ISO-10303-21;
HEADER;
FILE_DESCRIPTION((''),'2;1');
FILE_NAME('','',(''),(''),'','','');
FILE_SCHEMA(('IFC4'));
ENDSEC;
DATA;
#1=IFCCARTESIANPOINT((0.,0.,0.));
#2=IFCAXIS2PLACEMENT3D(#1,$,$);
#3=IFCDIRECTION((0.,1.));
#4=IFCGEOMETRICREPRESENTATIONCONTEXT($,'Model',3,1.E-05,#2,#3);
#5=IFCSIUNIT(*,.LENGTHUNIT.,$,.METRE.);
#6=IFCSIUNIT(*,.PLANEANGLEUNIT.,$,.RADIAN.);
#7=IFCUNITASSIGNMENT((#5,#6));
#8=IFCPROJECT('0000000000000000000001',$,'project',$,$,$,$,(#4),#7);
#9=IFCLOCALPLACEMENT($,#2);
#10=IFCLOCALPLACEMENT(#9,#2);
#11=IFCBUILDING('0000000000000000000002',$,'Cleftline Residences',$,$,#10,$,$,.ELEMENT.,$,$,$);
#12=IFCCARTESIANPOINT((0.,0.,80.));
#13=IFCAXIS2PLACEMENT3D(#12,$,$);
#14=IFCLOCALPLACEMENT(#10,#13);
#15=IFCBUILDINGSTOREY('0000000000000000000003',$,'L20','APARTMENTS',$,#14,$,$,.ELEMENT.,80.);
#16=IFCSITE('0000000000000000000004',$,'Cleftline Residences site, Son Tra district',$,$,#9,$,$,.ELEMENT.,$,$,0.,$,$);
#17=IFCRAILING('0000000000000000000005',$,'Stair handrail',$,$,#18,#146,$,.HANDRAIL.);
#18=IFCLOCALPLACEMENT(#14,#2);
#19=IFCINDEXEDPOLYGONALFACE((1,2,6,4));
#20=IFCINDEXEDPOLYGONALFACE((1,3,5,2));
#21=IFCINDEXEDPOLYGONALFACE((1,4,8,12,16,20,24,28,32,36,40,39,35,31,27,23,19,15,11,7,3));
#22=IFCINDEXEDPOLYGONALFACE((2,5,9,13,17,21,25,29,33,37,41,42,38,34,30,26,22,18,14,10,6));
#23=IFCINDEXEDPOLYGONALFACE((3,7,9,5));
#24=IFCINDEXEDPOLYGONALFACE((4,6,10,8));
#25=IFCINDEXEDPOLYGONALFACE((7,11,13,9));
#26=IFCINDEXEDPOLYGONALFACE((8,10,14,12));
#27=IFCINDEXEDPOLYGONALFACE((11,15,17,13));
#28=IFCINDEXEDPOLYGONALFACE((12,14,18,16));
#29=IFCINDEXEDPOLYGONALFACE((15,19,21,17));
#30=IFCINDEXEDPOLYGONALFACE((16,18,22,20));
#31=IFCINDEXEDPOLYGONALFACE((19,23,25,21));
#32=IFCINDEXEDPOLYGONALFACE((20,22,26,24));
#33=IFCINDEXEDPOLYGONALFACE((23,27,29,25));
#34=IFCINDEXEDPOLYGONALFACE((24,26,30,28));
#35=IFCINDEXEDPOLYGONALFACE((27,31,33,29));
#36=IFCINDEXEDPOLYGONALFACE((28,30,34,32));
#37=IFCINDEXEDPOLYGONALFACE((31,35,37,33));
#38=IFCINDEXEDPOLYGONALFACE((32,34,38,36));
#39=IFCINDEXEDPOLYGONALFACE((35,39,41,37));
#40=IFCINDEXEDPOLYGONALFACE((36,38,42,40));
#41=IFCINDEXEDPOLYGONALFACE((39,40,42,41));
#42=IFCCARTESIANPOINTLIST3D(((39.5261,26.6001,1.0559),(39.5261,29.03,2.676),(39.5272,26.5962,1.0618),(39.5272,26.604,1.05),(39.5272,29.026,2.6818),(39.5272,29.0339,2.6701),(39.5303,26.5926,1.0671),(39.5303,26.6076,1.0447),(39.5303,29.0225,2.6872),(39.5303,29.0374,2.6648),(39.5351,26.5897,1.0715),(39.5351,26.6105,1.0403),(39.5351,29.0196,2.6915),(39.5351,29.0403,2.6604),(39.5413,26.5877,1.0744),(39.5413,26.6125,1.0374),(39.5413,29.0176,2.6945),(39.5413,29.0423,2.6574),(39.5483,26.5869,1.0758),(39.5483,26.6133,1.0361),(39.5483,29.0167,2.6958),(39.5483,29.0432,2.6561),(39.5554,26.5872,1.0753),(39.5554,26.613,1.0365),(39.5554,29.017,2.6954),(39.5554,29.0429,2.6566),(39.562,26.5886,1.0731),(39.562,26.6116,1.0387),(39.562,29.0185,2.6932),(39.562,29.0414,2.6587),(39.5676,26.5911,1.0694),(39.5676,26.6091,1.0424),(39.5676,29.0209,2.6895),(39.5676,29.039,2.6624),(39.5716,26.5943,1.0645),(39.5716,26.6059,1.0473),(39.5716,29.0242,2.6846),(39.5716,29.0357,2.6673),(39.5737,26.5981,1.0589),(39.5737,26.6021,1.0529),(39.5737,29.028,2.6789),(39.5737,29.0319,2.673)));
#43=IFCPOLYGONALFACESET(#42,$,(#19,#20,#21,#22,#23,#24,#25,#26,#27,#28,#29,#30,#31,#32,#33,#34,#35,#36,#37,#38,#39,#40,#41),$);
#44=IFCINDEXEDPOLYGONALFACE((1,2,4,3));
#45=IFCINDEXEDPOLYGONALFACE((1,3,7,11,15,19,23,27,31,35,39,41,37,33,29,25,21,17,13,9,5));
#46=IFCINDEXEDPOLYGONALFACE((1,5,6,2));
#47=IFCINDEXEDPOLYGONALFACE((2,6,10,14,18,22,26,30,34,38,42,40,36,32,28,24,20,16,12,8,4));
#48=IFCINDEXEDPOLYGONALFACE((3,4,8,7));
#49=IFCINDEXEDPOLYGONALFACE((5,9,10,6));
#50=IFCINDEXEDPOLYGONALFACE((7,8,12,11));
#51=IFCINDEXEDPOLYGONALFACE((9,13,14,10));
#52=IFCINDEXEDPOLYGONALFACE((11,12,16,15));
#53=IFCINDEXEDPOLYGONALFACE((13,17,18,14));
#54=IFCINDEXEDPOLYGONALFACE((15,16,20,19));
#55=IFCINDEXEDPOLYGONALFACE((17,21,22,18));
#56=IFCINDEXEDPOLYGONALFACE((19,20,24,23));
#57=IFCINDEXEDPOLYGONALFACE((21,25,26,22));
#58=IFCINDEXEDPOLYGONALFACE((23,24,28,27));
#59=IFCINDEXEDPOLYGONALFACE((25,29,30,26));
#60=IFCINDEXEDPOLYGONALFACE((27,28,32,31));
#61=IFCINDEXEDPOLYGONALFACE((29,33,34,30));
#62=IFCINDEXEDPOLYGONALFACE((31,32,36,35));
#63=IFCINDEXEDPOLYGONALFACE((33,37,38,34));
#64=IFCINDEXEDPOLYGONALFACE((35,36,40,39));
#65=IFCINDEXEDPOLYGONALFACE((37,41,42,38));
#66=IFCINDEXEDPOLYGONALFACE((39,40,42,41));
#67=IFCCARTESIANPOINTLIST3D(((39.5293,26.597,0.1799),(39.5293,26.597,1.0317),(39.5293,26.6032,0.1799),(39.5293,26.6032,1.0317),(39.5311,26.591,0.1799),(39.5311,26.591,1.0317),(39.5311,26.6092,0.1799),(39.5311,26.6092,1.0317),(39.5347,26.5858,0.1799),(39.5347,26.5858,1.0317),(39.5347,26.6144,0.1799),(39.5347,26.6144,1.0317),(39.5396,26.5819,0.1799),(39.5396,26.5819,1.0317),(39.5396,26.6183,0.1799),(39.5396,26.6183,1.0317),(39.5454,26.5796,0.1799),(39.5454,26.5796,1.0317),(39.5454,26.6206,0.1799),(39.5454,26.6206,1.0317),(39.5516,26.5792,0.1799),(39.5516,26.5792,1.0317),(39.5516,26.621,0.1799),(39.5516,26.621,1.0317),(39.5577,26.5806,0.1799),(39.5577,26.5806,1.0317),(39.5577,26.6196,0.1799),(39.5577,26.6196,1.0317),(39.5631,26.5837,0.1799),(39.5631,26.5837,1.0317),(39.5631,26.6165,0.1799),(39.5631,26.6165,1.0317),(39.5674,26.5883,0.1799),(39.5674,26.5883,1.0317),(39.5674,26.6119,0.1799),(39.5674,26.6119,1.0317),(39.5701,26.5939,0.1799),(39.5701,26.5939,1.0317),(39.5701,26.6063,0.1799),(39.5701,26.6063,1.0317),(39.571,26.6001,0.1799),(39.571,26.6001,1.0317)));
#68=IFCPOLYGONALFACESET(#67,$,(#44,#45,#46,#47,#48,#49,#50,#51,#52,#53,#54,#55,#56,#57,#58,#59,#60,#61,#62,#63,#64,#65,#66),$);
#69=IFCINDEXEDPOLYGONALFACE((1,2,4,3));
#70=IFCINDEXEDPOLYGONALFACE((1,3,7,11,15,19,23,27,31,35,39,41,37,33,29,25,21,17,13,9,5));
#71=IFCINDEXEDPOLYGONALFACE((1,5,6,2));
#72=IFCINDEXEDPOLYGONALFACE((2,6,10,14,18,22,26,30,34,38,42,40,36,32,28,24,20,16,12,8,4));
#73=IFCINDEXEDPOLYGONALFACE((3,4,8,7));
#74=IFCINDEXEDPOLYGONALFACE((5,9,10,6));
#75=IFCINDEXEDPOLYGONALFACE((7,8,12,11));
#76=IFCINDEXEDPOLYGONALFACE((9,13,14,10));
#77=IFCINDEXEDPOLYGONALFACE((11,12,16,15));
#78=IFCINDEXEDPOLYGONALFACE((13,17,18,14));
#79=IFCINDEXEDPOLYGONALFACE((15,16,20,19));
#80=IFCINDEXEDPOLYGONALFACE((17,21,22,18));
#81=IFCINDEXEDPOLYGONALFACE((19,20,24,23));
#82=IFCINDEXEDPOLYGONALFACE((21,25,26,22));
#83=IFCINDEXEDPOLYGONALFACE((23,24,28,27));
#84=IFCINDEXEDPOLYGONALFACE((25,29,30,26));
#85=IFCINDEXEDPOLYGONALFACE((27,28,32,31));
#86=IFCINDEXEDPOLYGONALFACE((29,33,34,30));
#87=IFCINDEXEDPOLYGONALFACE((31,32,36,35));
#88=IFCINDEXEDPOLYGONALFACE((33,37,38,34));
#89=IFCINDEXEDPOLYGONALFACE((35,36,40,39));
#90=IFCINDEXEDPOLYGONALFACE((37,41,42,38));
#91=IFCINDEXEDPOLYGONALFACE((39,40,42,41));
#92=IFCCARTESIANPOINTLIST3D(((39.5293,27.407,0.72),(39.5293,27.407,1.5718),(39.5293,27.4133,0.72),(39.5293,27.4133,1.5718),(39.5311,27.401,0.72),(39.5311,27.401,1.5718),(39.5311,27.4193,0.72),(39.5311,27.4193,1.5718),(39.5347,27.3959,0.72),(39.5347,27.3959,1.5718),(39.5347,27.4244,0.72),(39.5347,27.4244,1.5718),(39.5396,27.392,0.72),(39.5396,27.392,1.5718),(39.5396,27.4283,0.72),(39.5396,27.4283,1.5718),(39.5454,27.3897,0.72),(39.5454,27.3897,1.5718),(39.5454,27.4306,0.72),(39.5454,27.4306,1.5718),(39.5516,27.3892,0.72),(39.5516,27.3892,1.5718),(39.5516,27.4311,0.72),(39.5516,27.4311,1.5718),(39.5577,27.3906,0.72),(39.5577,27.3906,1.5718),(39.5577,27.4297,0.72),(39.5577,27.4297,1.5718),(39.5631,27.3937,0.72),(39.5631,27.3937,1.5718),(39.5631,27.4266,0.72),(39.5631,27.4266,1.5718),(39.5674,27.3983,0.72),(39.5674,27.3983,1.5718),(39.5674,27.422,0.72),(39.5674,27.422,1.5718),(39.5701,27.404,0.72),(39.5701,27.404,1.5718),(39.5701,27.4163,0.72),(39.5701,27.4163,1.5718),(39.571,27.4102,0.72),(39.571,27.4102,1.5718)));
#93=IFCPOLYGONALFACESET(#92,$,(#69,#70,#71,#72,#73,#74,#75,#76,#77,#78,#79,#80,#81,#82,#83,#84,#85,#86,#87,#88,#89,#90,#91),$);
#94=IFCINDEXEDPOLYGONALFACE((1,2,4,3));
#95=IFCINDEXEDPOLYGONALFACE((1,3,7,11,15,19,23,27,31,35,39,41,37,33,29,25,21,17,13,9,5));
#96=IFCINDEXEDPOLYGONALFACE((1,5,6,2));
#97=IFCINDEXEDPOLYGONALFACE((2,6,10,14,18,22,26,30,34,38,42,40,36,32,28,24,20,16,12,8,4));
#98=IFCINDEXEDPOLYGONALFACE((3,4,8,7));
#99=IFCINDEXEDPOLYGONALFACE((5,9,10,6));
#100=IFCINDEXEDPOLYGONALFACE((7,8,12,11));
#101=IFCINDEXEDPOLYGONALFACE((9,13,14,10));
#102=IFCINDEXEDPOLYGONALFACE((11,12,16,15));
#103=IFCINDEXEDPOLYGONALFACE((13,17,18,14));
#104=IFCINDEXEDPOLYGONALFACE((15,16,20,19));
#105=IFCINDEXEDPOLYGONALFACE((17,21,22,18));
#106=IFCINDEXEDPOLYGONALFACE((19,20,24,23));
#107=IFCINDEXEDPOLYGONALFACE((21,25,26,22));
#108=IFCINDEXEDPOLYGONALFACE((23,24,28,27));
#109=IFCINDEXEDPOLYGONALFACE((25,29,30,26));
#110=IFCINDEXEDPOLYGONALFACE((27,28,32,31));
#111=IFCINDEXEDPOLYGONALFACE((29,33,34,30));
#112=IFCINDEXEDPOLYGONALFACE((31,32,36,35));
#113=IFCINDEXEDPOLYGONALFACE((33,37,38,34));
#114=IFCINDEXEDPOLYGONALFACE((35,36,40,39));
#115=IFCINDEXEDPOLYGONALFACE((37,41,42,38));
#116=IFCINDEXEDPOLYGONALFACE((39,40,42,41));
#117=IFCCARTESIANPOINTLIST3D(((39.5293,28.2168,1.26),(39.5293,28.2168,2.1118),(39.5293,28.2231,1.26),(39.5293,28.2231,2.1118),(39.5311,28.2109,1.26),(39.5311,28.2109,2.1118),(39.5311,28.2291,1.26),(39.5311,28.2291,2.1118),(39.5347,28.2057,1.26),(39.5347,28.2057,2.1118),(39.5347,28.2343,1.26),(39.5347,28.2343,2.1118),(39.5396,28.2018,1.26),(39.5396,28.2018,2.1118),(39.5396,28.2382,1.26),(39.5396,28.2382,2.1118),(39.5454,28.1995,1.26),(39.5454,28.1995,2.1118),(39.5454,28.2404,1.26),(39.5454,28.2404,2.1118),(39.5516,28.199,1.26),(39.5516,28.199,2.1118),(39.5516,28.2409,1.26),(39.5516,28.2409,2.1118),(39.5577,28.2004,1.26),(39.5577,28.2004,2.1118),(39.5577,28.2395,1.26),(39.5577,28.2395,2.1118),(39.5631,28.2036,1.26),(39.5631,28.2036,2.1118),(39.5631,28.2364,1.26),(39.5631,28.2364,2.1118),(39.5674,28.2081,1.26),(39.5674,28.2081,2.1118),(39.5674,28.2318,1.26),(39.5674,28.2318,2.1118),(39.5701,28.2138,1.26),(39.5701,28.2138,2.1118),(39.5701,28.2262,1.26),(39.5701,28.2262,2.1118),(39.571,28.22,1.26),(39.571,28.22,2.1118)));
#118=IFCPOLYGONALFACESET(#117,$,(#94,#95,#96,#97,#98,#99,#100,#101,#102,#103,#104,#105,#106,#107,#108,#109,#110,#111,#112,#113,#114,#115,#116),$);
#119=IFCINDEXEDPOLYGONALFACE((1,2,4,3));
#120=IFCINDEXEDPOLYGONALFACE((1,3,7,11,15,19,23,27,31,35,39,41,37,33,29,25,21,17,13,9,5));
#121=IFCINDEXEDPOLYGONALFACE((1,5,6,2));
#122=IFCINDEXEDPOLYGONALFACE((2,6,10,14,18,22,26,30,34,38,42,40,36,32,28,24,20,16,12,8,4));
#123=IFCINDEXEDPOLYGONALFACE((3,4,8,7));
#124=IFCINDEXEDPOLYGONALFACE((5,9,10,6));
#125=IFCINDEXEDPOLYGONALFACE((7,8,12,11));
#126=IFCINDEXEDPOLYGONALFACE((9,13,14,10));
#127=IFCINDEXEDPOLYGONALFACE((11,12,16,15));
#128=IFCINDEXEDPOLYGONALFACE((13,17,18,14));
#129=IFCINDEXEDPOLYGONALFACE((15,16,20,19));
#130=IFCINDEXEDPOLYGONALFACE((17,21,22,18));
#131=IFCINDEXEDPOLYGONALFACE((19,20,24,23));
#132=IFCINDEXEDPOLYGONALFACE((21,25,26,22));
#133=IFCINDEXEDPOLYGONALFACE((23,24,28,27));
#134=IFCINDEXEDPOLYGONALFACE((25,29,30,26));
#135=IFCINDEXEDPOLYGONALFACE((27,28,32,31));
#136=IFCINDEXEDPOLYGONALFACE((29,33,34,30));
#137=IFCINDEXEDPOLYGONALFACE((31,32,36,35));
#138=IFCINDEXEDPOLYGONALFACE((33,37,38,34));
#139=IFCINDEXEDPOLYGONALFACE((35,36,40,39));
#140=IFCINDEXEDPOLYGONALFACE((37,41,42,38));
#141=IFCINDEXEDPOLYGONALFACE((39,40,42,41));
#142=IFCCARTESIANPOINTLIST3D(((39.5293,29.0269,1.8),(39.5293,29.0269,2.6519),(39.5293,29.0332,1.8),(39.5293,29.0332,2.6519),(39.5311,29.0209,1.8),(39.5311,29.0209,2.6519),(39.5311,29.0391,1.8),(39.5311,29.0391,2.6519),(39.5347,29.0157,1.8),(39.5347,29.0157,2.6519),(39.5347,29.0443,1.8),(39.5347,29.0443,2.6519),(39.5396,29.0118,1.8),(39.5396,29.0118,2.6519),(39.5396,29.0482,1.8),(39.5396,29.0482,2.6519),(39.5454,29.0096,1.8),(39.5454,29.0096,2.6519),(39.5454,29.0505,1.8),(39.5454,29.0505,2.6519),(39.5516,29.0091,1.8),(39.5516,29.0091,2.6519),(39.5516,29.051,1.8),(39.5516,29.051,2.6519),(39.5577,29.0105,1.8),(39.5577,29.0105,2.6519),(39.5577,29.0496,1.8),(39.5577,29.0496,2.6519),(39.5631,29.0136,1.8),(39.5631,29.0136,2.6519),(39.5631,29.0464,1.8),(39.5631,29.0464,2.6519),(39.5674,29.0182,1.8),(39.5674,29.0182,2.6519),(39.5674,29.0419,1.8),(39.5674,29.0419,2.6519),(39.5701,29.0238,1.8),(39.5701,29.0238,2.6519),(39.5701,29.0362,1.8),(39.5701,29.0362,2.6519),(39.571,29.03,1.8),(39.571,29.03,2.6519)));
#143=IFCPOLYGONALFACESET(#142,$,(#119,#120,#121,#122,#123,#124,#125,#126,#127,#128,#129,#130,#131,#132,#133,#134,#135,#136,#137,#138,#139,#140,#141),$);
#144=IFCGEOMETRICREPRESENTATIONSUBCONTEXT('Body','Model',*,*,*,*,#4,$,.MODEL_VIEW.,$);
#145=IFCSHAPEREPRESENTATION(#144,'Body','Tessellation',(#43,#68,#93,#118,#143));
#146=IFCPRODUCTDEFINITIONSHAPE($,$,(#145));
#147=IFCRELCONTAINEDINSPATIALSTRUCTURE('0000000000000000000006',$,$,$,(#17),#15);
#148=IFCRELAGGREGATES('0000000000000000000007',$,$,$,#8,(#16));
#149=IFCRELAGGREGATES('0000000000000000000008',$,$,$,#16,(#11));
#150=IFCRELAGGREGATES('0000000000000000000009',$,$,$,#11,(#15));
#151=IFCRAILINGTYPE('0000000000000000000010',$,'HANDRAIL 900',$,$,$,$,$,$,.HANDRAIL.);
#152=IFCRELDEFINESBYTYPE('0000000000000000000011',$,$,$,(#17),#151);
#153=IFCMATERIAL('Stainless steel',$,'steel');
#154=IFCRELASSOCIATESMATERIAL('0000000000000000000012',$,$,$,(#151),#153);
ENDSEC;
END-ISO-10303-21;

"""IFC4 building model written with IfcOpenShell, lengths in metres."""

from ifc_helpers import new_model, si_unit, direction, frame, origin, origin_2d, place, context, subcontext, project, spatial, circle, extrude, material, type_object, element, save


model = new_model("IFC4")

# Units and contexts
model_context = context("Model", 3, precision=1e-05, world=origin(), true_north=direction((0.0, 1.0)))
body_context = subcontext(model_context, "Body", "Model", "MODEL_VIEW")
ifc_project = project(units=[si_unit("LENGTHUNIT", "METRE"), si_unit("PLANEANGLEUNIT", "RADIAN")], contexts=[model_context])

# Site, building, storey
site_placement = place(None, origin())
site = spatial("IfcSite", under=ifc_project, at=site_placement, Name="Cleftline Residences site, Son Tra district", CompositionType="ELEMENT", RefElevation=0.0)
building_placement = place(site_placement, origin())
building = spatial("IfcBuilding", under=site, at=building_placement, Name="Cleftline Residences", CompositionType="ELEMENT")
storey_placement = place(building_placement, frame((0.0, 0.0, 80.0)))
storey = spatial("IfcBuildingStorey", under=building, at=storey_placement, Name="L20", Description="APARTMENTS", CompositionType="ELEMENT", Elevation=80.0)

# Railing
ifc_material_1 = material(Name="Stainless steel", Category="steel")
railing_type = type_object("IfcRailingType", Name="HANDRAIL 900", PredefinedType="HANDRAIL", material=ifc_material_1)
railing_1_placement = place(storey_placement, frame((39.55, 26.6001, 0.1799)))
element("IfcRailing", 1, at=railing_1_placement, inside=storey, type_object=railing_type, Name="Stair handrail", PredefinedType="HANDRAIL", context=body_context, shape_type="SweptSolid", body=[
    extrude(circle(Radius=0.0239, at=origin_2d()), frame((0.0, 0.0, 0.876), z_axis=(0.0, 0.832025, 0.554739), x_axis=(-1.0, 0.0, 0.0)), (0.0, 0.0, 1.0), 2.9204),
    extrude(circle(Radius=0.021, at=origin_2d()), origin(), (0.0, 0.0, 1.0), 0.8518),
    extrude(circle(Radius=0.021, at=origin_2d()), frame((0.0, 0.8101, 0.54)), (0.0, 0.0, 1.0), 0.8518),
    extrude(circle(Radius=0.021, at=origin_2d()), frame((0.0, 1.6199, 1.0801)), (0.0, 0.0, 1.0), 0.8518),
    extrude(circle(Radius=0.021, at=origin_2d()), frame((0.0, 2.4299, 1.6201)), (0.0, 0.0, 1.0), 0.8518),
])

save(model, "model.ifc")
